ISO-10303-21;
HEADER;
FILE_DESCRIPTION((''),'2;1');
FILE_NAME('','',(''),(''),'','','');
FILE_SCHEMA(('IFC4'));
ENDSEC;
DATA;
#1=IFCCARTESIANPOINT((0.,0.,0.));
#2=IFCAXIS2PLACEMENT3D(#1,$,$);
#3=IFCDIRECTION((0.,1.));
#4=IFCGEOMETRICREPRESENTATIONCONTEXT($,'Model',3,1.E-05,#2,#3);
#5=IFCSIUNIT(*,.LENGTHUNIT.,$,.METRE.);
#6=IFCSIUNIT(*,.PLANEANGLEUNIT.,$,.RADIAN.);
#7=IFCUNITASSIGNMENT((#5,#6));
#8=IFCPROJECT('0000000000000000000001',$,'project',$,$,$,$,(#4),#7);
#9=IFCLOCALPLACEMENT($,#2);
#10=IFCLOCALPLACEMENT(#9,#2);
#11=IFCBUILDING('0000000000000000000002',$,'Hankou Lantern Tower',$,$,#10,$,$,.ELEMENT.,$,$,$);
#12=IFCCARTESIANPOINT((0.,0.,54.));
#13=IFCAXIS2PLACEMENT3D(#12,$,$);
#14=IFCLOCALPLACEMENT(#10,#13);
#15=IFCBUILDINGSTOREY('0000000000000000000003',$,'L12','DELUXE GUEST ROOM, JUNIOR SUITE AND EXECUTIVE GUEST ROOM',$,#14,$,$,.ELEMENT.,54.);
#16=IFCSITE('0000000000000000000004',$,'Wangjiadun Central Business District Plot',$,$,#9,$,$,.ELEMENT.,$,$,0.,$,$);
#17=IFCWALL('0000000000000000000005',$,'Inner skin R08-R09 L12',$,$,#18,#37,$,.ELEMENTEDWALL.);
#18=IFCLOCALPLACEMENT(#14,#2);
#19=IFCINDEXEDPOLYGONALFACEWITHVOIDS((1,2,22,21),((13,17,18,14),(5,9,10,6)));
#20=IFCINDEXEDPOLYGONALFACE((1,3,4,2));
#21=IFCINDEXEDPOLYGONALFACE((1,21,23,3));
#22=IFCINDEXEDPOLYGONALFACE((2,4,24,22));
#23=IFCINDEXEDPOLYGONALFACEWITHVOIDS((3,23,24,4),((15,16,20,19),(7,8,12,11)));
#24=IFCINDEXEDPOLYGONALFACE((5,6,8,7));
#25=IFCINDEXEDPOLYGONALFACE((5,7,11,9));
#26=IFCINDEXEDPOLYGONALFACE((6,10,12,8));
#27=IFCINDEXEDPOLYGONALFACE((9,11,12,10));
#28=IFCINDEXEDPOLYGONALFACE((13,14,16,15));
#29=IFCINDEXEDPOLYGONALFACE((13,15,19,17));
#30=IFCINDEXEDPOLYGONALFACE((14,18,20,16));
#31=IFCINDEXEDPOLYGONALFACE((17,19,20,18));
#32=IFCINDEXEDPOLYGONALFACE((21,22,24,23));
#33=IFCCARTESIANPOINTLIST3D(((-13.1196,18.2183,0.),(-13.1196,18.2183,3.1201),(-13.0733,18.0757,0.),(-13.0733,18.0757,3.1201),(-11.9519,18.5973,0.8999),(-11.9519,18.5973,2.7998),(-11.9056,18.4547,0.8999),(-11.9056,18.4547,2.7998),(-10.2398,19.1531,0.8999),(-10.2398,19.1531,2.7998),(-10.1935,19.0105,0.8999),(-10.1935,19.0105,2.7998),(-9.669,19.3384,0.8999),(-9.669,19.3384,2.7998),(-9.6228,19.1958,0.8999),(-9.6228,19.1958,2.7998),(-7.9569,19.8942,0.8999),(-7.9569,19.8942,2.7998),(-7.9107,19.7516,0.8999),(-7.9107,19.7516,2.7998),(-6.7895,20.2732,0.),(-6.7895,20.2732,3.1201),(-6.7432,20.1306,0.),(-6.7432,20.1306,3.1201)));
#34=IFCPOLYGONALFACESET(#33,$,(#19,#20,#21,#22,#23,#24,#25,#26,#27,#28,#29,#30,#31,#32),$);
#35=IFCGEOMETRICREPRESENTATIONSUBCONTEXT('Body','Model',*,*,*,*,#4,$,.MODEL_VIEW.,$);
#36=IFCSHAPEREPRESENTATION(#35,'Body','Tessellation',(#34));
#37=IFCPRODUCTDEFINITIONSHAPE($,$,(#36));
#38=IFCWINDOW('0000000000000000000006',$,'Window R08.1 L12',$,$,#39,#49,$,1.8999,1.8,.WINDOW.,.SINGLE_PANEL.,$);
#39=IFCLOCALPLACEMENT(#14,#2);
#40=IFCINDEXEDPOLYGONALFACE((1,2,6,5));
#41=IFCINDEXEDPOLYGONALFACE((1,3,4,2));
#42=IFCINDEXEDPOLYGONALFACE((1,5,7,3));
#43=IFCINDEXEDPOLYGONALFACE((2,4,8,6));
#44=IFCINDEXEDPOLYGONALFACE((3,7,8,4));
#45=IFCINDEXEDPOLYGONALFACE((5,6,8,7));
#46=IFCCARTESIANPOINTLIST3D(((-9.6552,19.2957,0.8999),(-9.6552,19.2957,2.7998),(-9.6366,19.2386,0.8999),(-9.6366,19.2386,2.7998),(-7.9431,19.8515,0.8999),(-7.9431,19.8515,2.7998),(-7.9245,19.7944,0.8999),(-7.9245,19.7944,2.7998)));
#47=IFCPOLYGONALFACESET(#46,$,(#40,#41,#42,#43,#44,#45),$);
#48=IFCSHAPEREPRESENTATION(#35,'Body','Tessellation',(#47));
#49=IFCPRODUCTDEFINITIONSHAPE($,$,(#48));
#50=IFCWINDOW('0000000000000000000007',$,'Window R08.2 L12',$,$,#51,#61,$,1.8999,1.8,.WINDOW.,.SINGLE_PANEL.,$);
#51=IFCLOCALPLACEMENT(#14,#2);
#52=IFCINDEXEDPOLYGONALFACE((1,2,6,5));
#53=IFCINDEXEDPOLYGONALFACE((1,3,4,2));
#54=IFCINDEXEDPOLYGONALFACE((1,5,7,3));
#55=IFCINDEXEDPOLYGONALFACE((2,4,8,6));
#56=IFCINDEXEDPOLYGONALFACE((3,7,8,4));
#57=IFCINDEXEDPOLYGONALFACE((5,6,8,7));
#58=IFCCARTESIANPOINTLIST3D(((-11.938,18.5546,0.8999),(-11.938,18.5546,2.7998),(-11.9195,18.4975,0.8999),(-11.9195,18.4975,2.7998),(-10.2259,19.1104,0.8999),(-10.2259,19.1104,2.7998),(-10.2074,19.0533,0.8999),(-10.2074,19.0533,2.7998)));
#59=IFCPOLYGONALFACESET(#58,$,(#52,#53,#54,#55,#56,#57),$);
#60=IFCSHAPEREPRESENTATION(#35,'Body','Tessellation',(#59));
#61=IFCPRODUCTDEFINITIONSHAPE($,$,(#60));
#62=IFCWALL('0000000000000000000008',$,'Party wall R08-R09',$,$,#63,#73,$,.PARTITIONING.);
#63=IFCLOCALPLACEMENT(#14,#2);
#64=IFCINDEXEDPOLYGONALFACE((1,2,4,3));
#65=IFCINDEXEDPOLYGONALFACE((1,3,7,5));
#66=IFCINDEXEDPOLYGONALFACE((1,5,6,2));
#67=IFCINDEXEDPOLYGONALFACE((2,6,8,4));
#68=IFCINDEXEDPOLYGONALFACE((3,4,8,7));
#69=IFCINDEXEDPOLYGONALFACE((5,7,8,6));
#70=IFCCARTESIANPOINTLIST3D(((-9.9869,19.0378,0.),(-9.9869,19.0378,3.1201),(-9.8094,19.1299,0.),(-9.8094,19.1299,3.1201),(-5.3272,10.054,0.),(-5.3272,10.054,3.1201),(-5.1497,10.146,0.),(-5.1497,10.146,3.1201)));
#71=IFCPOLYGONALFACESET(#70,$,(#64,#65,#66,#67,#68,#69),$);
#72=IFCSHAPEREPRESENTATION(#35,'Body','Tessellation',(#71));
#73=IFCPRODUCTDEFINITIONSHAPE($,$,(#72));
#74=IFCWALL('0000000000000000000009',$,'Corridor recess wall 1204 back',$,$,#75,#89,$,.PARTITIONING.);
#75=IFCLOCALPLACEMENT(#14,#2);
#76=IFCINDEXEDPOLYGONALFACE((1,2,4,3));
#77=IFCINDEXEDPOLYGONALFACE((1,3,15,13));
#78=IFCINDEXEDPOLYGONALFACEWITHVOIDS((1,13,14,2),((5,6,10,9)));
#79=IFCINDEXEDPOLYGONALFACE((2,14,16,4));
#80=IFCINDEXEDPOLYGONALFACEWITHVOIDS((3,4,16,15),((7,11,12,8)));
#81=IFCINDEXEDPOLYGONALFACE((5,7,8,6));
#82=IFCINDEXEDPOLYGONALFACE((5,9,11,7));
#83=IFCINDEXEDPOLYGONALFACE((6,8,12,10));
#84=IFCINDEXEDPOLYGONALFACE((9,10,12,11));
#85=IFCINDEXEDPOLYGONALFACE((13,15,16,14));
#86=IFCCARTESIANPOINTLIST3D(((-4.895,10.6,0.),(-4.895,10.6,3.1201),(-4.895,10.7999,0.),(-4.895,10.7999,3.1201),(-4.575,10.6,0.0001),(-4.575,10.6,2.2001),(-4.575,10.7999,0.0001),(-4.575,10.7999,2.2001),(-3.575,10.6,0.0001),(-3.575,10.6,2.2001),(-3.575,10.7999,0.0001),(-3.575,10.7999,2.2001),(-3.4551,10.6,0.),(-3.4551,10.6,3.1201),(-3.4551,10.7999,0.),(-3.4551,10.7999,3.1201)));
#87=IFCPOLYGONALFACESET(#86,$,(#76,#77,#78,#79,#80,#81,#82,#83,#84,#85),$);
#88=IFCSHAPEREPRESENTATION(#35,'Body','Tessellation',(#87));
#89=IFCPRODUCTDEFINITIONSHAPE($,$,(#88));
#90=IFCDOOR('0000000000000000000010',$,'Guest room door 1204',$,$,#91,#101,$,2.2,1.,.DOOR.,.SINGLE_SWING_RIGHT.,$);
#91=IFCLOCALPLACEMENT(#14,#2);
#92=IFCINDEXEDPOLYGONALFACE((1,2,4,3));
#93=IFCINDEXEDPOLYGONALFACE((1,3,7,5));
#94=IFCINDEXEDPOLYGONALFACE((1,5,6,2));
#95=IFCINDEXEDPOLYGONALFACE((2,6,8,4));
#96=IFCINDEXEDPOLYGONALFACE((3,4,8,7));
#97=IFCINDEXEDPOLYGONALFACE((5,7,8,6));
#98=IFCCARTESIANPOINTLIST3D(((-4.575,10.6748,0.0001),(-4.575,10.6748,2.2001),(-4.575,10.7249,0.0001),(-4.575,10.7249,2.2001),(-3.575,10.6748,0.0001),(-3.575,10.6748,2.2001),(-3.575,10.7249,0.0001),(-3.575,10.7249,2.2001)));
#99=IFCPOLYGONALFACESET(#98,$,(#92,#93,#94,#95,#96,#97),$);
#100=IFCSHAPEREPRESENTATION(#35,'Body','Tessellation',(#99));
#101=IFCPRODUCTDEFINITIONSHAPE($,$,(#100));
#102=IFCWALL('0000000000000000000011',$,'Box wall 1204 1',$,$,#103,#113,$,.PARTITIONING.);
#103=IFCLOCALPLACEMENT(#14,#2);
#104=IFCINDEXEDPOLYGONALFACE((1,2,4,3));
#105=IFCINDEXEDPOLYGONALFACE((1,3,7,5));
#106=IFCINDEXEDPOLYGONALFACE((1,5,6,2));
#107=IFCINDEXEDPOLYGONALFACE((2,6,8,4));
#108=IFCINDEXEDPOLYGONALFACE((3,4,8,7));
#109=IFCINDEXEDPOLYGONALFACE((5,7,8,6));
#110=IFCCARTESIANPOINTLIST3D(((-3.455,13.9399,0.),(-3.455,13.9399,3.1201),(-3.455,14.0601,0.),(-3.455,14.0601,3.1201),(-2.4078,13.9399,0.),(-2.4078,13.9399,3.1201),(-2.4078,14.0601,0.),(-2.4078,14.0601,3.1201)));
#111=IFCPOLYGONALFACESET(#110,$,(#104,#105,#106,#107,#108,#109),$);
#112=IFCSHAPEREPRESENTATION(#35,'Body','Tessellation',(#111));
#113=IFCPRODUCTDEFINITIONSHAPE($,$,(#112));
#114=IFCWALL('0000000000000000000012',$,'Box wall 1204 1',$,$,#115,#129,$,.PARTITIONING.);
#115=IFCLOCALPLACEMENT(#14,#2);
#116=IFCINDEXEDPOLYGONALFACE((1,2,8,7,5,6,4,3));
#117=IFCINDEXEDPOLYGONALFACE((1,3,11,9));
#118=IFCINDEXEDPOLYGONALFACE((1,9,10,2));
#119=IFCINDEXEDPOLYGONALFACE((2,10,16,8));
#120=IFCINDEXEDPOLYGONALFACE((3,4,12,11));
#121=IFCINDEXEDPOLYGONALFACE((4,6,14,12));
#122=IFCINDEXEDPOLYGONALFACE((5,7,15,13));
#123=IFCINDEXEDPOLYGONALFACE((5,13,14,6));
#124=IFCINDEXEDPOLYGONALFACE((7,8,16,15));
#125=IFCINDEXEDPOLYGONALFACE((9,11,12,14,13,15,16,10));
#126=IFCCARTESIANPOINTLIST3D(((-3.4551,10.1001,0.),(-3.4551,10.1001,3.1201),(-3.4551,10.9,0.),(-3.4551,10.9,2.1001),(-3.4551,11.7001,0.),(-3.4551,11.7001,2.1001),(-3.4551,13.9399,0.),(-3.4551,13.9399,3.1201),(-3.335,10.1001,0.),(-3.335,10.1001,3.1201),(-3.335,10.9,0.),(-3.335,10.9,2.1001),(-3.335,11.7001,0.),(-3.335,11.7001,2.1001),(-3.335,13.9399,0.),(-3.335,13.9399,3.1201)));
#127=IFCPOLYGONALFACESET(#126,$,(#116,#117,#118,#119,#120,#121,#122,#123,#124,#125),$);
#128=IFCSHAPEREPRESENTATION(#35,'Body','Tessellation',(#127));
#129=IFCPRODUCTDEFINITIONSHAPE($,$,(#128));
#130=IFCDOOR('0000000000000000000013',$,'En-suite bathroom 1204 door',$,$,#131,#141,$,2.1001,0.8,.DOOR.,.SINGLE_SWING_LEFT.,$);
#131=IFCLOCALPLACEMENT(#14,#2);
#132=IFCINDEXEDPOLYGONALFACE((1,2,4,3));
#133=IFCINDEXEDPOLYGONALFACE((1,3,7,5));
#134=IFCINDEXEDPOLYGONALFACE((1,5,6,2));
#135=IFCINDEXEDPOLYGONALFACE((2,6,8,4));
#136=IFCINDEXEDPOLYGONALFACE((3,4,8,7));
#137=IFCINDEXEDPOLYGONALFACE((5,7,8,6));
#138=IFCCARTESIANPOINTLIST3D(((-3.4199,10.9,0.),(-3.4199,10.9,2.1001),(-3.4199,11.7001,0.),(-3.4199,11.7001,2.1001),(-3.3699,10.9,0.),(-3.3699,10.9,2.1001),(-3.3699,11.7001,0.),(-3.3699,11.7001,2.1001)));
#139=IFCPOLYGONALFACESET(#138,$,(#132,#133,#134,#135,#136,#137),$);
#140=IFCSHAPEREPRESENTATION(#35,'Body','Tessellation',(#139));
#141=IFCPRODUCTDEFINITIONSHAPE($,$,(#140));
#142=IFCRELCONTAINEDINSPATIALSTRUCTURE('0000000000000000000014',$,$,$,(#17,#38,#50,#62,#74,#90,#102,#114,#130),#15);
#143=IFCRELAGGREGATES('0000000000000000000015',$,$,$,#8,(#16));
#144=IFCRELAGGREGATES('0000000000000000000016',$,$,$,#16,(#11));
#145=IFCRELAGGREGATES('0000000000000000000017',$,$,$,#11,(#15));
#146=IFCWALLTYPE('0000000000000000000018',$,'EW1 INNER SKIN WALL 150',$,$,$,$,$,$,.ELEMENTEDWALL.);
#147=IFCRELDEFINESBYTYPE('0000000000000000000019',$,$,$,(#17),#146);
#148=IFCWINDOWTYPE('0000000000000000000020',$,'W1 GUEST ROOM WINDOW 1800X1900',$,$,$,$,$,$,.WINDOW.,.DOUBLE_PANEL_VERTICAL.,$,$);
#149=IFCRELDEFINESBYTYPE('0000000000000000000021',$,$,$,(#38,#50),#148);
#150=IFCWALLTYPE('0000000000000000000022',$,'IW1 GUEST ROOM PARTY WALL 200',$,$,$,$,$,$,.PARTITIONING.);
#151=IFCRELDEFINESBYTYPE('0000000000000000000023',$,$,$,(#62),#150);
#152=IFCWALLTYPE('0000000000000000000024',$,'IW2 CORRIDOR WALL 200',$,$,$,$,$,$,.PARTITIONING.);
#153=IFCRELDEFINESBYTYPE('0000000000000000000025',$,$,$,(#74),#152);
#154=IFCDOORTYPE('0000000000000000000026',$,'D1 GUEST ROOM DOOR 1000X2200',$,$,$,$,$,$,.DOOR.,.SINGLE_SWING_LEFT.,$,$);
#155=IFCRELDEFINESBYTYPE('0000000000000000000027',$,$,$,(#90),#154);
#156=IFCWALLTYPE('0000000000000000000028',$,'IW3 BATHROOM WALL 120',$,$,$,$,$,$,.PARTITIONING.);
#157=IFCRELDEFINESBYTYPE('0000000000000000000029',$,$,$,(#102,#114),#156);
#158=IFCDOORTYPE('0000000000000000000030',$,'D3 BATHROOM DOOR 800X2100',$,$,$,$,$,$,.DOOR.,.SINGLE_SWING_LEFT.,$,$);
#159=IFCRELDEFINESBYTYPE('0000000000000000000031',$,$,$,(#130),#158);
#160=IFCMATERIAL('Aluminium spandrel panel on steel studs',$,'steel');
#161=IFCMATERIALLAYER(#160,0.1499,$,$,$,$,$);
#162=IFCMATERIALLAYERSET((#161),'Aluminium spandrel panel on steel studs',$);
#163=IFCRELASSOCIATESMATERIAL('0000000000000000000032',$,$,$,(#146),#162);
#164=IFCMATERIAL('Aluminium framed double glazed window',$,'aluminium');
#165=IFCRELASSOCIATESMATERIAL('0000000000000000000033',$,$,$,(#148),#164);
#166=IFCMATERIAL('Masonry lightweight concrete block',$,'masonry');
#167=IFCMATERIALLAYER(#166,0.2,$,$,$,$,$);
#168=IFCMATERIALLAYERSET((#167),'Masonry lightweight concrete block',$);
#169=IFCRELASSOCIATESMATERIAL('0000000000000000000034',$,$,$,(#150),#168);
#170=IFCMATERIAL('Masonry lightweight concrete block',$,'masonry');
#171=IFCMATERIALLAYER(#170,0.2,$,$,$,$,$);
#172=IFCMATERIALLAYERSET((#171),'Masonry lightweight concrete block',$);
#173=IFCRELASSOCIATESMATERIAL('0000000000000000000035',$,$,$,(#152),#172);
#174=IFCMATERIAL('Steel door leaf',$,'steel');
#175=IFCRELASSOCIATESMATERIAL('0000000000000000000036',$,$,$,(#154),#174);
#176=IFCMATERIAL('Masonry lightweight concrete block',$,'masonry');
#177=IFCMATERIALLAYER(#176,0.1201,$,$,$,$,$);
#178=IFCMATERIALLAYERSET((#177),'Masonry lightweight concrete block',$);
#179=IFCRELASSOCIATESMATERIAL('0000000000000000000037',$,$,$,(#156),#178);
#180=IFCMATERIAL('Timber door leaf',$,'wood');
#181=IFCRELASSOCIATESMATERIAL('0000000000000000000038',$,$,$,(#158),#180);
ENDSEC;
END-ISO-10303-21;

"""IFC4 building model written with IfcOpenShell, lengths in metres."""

from ifc_helpers import new_model, si_unit, direction, frame, frame_2d, origin, place, context, subcontext, project, spatial, rectangle, extrude, material, layer, layer_set, type_object, element, fill, save


model = new_model("IFC4")

# Units and contexts
model_context = context("Model", 3, precision=1e-05, world=origin(), true_north=direction((0.0, 1.0)))
body_context = subcontext(model_context, "Body", "Model", "MODEL_VIEW")
ifc_project = project(units=[si_unit("LENGTHUNIT", "METRE"), si_unit("PLANEANGLEUNIT", "RADIAN")], contexts=[model_context])

# Site, building, storey
site_placement = place(None, origin())
site = spatial("IfcSite", under=ifc_project, at=site_placement, Name="Wangjiadun Central Business District Plot", CompositionType="ELEMENT", RefElevation=0.0)
building_placement = place(site_placement, origin())
building = spatial("IfcBuilding", under=site, at=building_placement, Name="Hankou Lantern Tower", CompositionType="ELEMENT")
storey_placement = place(building_placement, frame((0.0, 0.0, 54.0)))
storey = spatial("IfcBuildingStorey", under=building, at=storey_placement, Name="L12", Description="DELUXE GUEST ROOM, JUNIOR SUITE AND EXECUTIVE GUEST ROOM", CompositionType="ELEMENT", Elevation=54.0)

# Wall, openings, windows
ifc_material_1 = material(Name="Aluminium spandrel panel on steel studs", Category="steel")
ifc_layer_1 = layer(ifc_material_1, 0.1499)
ifc_layer_set_1 = layer_set([ifc_layer_1], Name="Aluminium spandrel panel on steel studs")
wall_type_1 = type_object("IfcWallType", Name="EW1 INNER SKIN WALL 150", PredefinedType="ELEMENTEDWALL", material=ifc_layer_set_1)
wall_1_placement = place(storey_placement, frame((-6.7664, 20.2019, 0.0), z_axis=(0.0, 0.0, 1.0), x_axis=(-0.951138, -0.308768, 0.0)))
wall_1 = element("IfcWall", 1, at=wall_1_placement, inside=storey, type_object=wall_type_1, Name="Inner skin R08-R09 L12", PredefinedType="ELEMENTEDWALL", context=body_context, shape_type="SweptSolid", body=[
    extrude(rectangle(XDim=6.6553, YDim=0.1499, at=frame_2d((3.3276, 0.0))), origin(), (0.0, 0.0, 1.0), 3.1201),
])
opening_1_placement = place(wall_1_placement, frame((1.2275, 0.0, 0.8999)))
opening_1 = element("IfcOpeningElement", 2, at=opening_1_placement, cuts=wall_1, PredefinedType="OPENING", context=body_context, shape_type="SweptSolid", body=[
    extrude(rectangle(XDim=1.8, YDim=1.8999, at=frame_2d((0.8999, 0.95))), frame((0.0, 0.085, 0.0), z_axis=(0.0, -1.0, 0.0), x_axis=(1.0, 0.0, 0.0)), (0.0, 0.0, 1.0), 0.1699),
])
opening_2_placement = place(wall_1_placement, frame((3.6277, 0.0, 0.8999)))
opening_2 = element("IfcOpeningElement", 3, at=opening_2_placement, cuts=wall_1, PredefinedType="OPENING", context=body_context, shape_type="SweptSolid", body=[
    extrude(rectangle(XDim=1.8, YDim=1.8999, at=frame_2d((0.8999, 0.95))), frame((0.0, 0.085, 0.0), z_axis=(0.0, -1.0, 0.0), x_axis=(1.0, 0.0, 0.0)), (0.0, 0.0, 1.0), 0.1699),
])
ifc_material_2 = material(Name="Aluminium framed double glazed window", Category="aluminium")
window_type = type_object("IfcWindowType", Name="W1 GUEST ROOM WINDOW 1800X1900", PartitioningType="DOUBLE_PANEL_VERTICAL", PredefinedType="WINDOW", material=ifc_material_2)
window_1_placement = place(opening_1_placement, origin())
window_1 = element("IfcWindow", 4, at=window_1_placement, inside=storey, type_object=window_type, Name="Window R08.1 L12", OverallHeight=1.8999, OverallWidth=1.8, PartitioningType="SINGLE_PANEL", PredefinedType="WINDOW", context=body_context, shape_type="SweptSolid", body=[
    extrude(rectangle(XDim=1.8, YDim=1.8999, at=frame_2d((0.8999, 0.95))), frame((0.0, 0.03, 0.0), z_axis=(0.0, -1.0, 0.0), x_axis=(1.0, 0.0, 0.0)), (0.0, 0.0, 1.0), 0.0601),
])
fill(opening_1, window_1)
window_2_placement = place(opening_2_placement, origin())
window_2 = element("IfcWindow", 5, at=window_2_placement, inside=storey, type_object=window_type, Name="Window R08.2 L12", OverallHeight=1.8999, OverallWidth=1.8, PartitioningType="SINGLE_PANEL", PredefinedType="WINDOW", context=body_context, shape_type="SweptSolid", body=[
    extrude(rectangle(XDim=1.8, YDim=1.8999, at=frame_2d((0.8999, 0.95))), frame((0.0, 0.03, 0.0), z_axis=(0.0, -1.0, 0.0), x_axis=(1.0, 0.0, 0.0)), (0.0, 0.0, 1.0), 0.0601),
])
fill(opening_2, window_2)

# Wall
ifc_material_3 = material(Name="Masonry lightweight concrete block", Category="masonry")
ifc_layer_2 = layer(ifc_material_3, 0.2)
ifc_layer_set_2 = layer_set([ifc_layer_2], Name="Masonry lightweight concrete block")
wall_type_2 = type_object("IfcWallType", Name="IW1 GUEST ROOM PARTY WALL 200", PredefinedType="PARTITIONING", material=ifc_layer_set_2)
wall_2_placement = place(storey_placement, frame((-5.2385, 10.1001, 0.0), z_axis=(0.0, 0.0, 1.0), x_axis=(-0.460423, 0.8877, 0.0)))
element("IfcWall", 6, at=wall_2_placement, inside=storey, type_object=wall_type_2, Name="Party wall R08-R09", PredefinedType="PARTITIONING", context=body_context, shape_type="SweptSolid", body=[
    extrude(rectangle(XDim=10.1204, YDim=0.2, at=frame_2d((5.0601, 0.0))), origin(), (0.0, 0.0, 1.0), 3.1201),
])

# Wall, opening, door
ifc_material_4 = material(Name="Masonry lightweight concrete block", Category="masonry")
ifc_layer_3 = layer(ifc_material_4, 0.2)
ifc_layer_set_3 = layer_set([ifc_layer_3], Name="Masonry lightweight concrete block")
wall_type_3 = type_object("IfcWallType", Name="IW2 CORRIDOR WALL 200", PredefinedType="PARTITIONING", material=ifc_layer_set_3)
wall_3_placement = place(storey_placement, frame((-4.895, 10.7, 0.0), z_axis=(0.0, 0.0, 1.0), x_axis=(1.0, 0.0, 0.0)))
wall_3 = element("IfcWall", 7, at=wall_3_placement, inside=storey, type_object=wall_type_3, Name="Corridor recess wall 1204 back", PredefinedType="PARTITIONING", context=body_context, shape_type="SweptSolid", body=[
    extrude(rectangle(XDim=1.4399, YDim=0.2, at=frame_2d((0.72, 0.0))), origin(), (0.0, 0.0, 1.0), 3.1201),
])
opening_3_placement = place(wall_3_placement, frame((0.3201, 0.0, 0.0)))
opening_3 = element("IfcOpeningElement", 8, at=opening_3_placement, cuts=wall_3, PredefinedType="OPENING", context=body_context, shape_type="SweptSolid", body=[
    extrude(rectangle(XDim=1.0, YDim=2.2, at=frame_2d((0.5, 1.1001))), frame((0.0, 0.1099, 0.0), z_axis=(0.0, -1.0, 0.0), x_axis=(1.0, 0.0, 0.0)), (0.0, 0.0, 1.0), 0.22),
])
ifc_material_5 = material(Name="Steel door leaf", Category="steel")
door_type_1 = type_object("IfcDoorType", Name="D1 GUEST ROOM DOOR 1000X2200", OperationType="SINGLE_SWING_LEFT", PredefinedType="DOOR", material=ifc_material_5)
door_1_placement = place(opening_3_placement, origin())
door_1 = element("IfcDoor", 9, at=door_1_placement, inside=storey, type_object=door_type_1, Name="Guest room door 1204", OperationType="SINGLE_SWING_RIGHT", OverallHeight=2.2, OverallWidth=1.0, PredefinedType="DOOR", context=body_context, shape_type="SweptSolid", body=[
    extrude(rectangle(XDim=1.0, YDim=2.2, at=frame_2d((0.5, 1.1001))), frame((0.0, 0.0249, 0.0), z_axis=(0.0, -1.0, 0.0), x_axis=(1.0, 0.0, 0.0)), (0.0, 0.0, 1.0), 0.05),
])
fill(opening_3, door_1)

# Wall
ifc_material_6 = material(Name="Masonry lightweight concrete block", Category="masonry")
ifc_layer_4 = layer(ifc_material_6, 0.1201)
ifc_layer_set_4 = layer_set([ifc_layer_4], Name="Masonry lightweight concrete block")
wall_type_4 = type_object("IfcWallType", Name="IW3 BATHROOM WALL 120", PredefinedType="PARTITIONING", material=ifc_layer_set_4)
wall_4_placement = place(storey_placement, frame((-2.408, 14.0, 0.0), z_axis=(0.0, 0.0, 1.0), x_axis=(-1.0, 0.0, 0.0)))
element("IfcWall", 10, at=wall_4_placement, inside=storey, type_object=wall_type_4, Name="Box wall 1204 1", PredefinedType="PARTITIONING", context=body_context, shape_type="SweptSolid", body=[
    extrude(rectangle(XDim=1.0471, YDim=0.1201, at=frame_2d((0.5234, 0.0))), origin(), (0.0, 0.0, 1.0), 3.1201),
])

# Wall, opening, door
wall_5_placement = place(storey_placement, frame((-3.395, 10.1001, 0.0), z_axis=(0.0, 0.0, 1.0), x_axis=(0.0, 1.0, 0.0)))
wall_5 = element("IfcWall", 11, at=wall_5_placement, inside=storey, type_object=wall_type_4, Name="Box wall 1204 1", PredefinedType="PARTITIONING", context=body_context, shape_type="SweptSolid", body=[
    extrude(rectangle(XDim=3.8398, YDim=0.1201, at=frame_2d((1.9199, 0.0))), origin(), (0.0, 0.0, 1.0), 3.1201),
])
opening_4_placement = place(wall_5_placement, frame((0.8, 0.0, 0.0)))
opening_4 = element("IfcOpeningElement", 12, at=opening_4_placement, cuts=wall_5, PredefinedType="OPENING", context=body_context, shape_type="SweptSolid", body=[
    extrude(rectangle(XDim=0.8, YDim=2.1001, at=frame_2d((0.3999, 1.05))), frame((0.0, 0.0701, 0.0), z_axis=(0.0, -1.0, 0.0), x_axis=(1.0, 0.0, 0.0)), (0.0, 0.0, 1.0), 0.1401),
])
ifc_material_7 = material(Name="Timber door leaf", Category="wood")
door_type_2 = type_object("IfcDoorType", Name="D3 BATHROOM DOOR 800X2100", OperationType="SINGLE_SWING_LEFT", PredefinedType="DOOR", material=ifc_material_7)
door_2_placement = place(opening_4_placement, origin())
door_2 = element("IfcDoor", 13, at=door_2_placement, inside=storey, type_object=door_type_2, Name="En-suite bathroom 1204 door", OperationType="SINGLE_SWING_LEFT", OverallHeight=2.1001, OverallWidth=0.8, PredefinedType="DOOR", context=body_context, shape_type="SweptSolid", body=[
    extrude(rectangle(XDim=0.8, YDim=2.1001, at=frame_2d((0.3999, 1.05))), frame((0.0, 0.0249, 0.0), z_axis=(0.0, -1.0, 0.0), x_axis=(1.0, 0.0, 0.0)), (0.0, 0.0, 1.0), 0.05),
])
fill(opening_4, door_2)

save(model, "model.ifc")
